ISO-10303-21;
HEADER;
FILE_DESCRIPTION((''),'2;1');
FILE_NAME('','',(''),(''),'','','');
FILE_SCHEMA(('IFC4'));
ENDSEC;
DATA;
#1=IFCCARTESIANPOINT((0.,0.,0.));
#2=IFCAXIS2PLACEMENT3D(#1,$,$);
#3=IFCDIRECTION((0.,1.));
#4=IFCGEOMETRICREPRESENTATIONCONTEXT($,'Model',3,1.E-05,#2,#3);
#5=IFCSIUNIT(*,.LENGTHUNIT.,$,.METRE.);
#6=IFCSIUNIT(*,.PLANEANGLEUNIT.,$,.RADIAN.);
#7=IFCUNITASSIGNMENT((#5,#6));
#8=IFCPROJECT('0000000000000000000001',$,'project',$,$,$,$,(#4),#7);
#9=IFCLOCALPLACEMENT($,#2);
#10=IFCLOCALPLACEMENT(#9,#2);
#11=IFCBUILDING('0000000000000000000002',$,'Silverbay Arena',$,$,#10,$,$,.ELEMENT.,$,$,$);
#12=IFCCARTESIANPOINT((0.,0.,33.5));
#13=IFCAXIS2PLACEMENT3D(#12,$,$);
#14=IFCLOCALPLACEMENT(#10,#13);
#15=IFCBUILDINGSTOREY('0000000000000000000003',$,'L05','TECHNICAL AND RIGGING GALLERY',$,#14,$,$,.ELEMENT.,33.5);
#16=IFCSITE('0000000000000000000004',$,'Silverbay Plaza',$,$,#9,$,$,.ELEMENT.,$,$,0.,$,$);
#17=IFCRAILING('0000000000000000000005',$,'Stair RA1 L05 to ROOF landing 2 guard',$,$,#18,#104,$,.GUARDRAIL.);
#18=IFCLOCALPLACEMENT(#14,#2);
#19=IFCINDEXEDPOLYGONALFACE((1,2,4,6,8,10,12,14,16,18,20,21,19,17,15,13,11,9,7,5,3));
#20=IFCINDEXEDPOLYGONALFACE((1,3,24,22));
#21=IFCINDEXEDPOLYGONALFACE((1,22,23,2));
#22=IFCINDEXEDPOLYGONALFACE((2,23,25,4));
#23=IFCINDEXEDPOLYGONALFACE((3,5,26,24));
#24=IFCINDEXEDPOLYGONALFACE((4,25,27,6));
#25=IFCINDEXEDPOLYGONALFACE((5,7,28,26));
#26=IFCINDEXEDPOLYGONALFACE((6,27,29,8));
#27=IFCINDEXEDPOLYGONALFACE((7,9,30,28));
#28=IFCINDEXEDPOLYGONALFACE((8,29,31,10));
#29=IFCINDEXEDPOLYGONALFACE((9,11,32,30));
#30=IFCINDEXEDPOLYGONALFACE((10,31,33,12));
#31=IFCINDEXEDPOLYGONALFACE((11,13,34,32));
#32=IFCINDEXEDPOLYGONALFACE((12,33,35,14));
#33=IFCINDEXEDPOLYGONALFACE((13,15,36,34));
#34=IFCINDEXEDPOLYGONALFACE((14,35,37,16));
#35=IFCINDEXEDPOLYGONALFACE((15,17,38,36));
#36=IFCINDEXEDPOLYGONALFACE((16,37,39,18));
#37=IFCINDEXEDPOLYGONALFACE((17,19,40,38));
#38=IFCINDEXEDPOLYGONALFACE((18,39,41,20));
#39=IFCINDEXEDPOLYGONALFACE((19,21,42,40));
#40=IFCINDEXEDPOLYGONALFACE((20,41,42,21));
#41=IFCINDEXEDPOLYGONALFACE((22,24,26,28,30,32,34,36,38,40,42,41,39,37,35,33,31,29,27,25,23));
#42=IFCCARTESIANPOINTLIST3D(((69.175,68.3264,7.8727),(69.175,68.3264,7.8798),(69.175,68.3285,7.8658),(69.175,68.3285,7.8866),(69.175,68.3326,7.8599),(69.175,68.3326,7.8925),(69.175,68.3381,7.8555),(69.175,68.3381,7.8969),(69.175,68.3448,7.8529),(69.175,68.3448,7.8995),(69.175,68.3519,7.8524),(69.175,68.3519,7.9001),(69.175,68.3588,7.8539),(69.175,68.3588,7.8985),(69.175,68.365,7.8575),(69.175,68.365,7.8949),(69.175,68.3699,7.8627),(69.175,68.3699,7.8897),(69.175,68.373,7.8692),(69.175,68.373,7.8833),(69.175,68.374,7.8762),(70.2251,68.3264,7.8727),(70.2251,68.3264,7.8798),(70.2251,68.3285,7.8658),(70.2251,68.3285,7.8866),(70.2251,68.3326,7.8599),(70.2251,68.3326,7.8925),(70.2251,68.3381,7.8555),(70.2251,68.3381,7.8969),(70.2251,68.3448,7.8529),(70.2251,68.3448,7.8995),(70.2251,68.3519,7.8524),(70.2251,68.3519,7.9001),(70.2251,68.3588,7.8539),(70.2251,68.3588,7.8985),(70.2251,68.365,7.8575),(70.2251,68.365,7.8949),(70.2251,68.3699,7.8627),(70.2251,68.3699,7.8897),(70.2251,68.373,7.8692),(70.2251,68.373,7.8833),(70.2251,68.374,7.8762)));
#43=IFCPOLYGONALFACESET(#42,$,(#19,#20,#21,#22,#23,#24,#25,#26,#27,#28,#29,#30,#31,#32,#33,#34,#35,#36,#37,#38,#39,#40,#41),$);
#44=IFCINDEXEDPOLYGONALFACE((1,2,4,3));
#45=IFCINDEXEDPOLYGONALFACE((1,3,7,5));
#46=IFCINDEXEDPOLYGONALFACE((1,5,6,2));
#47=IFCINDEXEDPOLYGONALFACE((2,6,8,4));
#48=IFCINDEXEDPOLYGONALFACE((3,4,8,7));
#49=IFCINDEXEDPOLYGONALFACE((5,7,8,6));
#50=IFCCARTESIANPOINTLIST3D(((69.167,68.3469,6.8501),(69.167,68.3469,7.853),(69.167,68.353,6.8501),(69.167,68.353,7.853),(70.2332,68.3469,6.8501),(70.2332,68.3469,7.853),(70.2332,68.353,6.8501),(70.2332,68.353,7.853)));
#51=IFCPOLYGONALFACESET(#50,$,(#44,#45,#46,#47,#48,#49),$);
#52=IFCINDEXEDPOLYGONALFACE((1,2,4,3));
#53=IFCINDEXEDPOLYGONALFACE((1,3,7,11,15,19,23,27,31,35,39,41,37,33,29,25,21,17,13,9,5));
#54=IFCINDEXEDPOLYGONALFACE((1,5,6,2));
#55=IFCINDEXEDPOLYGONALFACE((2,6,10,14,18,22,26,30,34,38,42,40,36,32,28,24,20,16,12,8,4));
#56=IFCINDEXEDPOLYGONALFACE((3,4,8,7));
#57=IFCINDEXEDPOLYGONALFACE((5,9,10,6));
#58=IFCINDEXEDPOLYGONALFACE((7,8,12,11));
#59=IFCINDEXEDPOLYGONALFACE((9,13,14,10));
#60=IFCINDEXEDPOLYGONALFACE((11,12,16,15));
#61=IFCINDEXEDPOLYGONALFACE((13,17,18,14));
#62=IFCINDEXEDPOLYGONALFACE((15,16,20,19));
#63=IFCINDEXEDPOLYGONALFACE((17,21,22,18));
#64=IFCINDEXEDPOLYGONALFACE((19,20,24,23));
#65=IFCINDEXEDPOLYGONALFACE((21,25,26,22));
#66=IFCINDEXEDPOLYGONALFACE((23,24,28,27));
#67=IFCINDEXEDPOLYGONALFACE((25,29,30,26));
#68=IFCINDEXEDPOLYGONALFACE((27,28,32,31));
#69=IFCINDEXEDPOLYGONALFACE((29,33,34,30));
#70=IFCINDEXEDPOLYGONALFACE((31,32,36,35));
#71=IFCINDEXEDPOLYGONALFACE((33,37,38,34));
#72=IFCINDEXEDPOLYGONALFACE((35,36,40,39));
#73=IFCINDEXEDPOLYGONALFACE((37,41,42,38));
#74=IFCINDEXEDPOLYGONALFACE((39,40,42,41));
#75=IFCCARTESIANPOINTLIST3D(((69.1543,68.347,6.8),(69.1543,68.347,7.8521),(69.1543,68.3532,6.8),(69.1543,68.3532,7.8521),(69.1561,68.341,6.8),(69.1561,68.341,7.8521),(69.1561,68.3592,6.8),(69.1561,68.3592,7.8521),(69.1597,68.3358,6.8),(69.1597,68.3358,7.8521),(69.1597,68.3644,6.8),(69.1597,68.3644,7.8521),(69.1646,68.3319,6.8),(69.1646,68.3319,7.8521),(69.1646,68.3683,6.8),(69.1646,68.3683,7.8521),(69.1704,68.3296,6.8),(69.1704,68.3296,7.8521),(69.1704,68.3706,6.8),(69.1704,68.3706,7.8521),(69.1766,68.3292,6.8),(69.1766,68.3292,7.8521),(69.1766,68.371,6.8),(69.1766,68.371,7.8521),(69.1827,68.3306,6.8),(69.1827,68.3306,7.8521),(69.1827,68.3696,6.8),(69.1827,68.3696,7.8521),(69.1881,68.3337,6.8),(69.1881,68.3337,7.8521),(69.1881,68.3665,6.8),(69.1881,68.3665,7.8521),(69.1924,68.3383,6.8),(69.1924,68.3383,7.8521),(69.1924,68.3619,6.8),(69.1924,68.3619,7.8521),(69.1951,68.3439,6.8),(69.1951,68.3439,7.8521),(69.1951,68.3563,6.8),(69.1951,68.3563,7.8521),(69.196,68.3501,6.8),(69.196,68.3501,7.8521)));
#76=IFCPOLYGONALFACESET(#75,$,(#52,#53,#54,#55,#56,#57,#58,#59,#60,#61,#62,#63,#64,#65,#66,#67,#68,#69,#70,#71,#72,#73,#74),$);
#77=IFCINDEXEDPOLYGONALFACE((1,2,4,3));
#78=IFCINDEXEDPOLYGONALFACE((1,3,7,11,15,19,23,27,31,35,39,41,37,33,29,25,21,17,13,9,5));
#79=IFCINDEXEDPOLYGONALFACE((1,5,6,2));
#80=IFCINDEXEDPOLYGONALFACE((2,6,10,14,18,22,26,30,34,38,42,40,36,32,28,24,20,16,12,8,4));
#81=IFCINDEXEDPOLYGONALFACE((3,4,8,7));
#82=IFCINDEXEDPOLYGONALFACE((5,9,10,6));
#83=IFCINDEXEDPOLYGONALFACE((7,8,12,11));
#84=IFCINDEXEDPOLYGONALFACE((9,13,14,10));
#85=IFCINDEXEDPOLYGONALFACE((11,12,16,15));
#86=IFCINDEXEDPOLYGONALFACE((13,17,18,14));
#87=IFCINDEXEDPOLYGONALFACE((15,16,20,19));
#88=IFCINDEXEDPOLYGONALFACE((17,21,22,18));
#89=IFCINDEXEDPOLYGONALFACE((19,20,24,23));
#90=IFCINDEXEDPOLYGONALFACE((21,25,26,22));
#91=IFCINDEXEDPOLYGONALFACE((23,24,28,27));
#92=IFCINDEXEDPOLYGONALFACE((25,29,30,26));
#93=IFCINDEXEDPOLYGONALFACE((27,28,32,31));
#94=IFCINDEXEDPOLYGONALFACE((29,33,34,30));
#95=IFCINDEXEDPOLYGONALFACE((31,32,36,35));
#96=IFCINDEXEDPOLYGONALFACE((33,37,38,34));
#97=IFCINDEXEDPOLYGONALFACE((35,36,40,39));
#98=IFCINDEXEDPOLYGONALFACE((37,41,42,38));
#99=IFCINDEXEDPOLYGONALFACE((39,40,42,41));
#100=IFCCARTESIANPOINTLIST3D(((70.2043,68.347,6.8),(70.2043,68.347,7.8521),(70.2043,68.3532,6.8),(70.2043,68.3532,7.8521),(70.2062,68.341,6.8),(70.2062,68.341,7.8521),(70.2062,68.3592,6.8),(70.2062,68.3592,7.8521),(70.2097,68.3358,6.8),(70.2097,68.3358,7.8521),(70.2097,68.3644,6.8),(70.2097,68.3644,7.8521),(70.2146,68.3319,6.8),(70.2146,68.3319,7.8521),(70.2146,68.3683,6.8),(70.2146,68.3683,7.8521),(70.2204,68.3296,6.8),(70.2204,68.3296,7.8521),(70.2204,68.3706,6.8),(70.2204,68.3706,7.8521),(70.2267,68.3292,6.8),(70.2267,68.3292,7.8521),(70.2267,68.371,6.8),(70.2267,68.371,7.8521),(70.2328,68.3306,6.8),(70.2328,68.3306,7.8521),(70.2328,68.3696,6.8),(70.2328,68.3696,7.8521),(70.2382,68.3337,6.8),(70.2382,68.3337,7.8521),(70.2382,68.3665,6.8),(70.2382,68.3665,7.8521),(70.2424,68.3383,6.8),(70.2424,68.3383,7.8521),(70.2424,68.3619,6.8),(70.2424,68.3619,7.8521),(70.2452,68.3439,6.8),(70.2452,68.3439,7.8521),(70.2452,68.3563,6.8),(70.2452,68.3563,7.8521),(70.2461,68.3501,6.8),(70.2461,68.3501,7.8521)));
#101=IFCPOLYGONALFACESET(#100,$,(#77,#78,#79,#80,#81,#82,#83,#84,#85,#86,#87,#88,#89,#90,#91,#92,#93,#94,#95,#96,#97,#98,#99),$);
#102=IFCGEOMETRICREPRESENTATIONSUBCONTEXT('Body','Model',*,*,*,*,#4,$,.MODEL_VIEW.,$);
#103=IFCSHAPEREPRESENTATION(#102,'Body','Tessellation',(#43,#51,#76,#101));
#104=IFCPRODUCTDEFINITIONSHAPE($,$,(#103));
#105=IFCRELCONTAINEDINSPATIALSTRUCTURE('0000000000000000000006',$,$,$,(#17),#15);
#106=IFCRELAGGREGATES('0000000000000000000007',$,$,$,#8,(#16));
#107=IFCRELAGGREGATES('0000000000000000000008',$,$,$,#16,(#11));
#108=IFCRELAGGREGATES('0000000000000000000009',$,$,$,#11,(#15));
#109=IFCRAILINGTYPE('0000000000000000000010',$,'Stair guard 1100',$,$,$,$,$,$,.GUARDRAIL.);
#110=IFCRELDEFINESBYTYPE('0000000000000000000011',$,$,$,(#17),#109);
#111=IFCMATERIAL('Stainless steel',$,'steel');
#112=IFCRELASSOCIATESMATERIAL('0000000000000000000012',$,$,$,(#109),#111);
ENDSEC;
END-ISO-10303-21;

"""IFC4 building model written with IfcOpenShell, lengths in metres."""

from ifc_helpers import new_model, si_unit, direction, frame, origin, origin_2d, place, context, subcontext, project, spatial, polyline, circle, outline, extrude, material, type_object, element, save


model = new_model("IFC4")

# Units and contexts
model_context = context("Model", 3, precision=1e-05, world=origin(), true_north=direction((0.0, 1.0)))
body_context = subcontext(model_context, "Body", "Model", "MODEL_VIEW")
ifc_project = project(units=[si_unit("LENGTHUNIT", "METRE"), si_unit("PLANEANGLEUNIT", "RADIAN")], contexts=[model_context])

# Site, building, storey
site_placement = place(None, origin())
site = spatial("IfcSite", under=ifc_project, at=site_placement, Name="Silverbay Plaza", CompositionType="ELEMENT", RefElevation=0.0)
building_placement = place(site_placement, origin())
building = spatial("IfcBuilding", under=site, at=building_placement, Name="Silverbay Arena", CompositionType="ELEMENT")
storey_placement = place(building_placement, frame((0.0, 0.0, 33.5)))
storey = spatial("IfcBuildingStorey", under=building, at=storey_placement, Name="L05", Description="TECHNICAL AND RIGGING GALLERY", CompositionType="ELEMENT", Elevation=33.5)

# Railing
ifc_material_1 = material(Name="Stainless steel", Category="steel")
railing_type_1 = type_object("IfcRailingType", Name="Stair guard 1100", PredefinedType="GUARDRAIL", material=ifc_material_1)
railing_1_placement = place(storey_placement, frame((69.175, 68.3501, 6.8)))
element("IfcRailing", 1, at=railing_1_placement, inside=storey, type_object=railing_type_1, Name="Stair RA1 L05 to ROOF landing 2 guard", PredefinedType="GUARDRAIL", context=body_context, shape_type="SweptSolid", body=[
    extrude(circle(Radius=0.0239, at=origin_2d()), frame((0.0, 0.0, 1.0762), z_axis=(1.0, 0.0, 0.0), x_axis=(0.0, 1.0, 0.0)), (0.0, 0.0, 1.0), 1.05),
    extrude(outline(polyline([(-0.0081, 0.05), (1.0581, 0.05), (1.0581, 1.053), (-0.0081, 1.053), (-0.0081, 0.05)])), frame((0.0, 0.0029, 0.0), z_axis=(0.0, -1.0, 0.0), x_axis=(1.0, 0.0, 0.0)), (0.0, 0.0, 1.0), 0.0061),
    extrude(circle(Radius=0.021, at=origin_2d()), origin(), (0.0, 0.0, 1.0), 1.052),
    extrude(circle(Radius=0.021, at=origin_2d()), frame((1.05, 0.0, 0.0)), (0.0, 0.0, 1.0), 1.052),
])

save(model, "model.ifc")
